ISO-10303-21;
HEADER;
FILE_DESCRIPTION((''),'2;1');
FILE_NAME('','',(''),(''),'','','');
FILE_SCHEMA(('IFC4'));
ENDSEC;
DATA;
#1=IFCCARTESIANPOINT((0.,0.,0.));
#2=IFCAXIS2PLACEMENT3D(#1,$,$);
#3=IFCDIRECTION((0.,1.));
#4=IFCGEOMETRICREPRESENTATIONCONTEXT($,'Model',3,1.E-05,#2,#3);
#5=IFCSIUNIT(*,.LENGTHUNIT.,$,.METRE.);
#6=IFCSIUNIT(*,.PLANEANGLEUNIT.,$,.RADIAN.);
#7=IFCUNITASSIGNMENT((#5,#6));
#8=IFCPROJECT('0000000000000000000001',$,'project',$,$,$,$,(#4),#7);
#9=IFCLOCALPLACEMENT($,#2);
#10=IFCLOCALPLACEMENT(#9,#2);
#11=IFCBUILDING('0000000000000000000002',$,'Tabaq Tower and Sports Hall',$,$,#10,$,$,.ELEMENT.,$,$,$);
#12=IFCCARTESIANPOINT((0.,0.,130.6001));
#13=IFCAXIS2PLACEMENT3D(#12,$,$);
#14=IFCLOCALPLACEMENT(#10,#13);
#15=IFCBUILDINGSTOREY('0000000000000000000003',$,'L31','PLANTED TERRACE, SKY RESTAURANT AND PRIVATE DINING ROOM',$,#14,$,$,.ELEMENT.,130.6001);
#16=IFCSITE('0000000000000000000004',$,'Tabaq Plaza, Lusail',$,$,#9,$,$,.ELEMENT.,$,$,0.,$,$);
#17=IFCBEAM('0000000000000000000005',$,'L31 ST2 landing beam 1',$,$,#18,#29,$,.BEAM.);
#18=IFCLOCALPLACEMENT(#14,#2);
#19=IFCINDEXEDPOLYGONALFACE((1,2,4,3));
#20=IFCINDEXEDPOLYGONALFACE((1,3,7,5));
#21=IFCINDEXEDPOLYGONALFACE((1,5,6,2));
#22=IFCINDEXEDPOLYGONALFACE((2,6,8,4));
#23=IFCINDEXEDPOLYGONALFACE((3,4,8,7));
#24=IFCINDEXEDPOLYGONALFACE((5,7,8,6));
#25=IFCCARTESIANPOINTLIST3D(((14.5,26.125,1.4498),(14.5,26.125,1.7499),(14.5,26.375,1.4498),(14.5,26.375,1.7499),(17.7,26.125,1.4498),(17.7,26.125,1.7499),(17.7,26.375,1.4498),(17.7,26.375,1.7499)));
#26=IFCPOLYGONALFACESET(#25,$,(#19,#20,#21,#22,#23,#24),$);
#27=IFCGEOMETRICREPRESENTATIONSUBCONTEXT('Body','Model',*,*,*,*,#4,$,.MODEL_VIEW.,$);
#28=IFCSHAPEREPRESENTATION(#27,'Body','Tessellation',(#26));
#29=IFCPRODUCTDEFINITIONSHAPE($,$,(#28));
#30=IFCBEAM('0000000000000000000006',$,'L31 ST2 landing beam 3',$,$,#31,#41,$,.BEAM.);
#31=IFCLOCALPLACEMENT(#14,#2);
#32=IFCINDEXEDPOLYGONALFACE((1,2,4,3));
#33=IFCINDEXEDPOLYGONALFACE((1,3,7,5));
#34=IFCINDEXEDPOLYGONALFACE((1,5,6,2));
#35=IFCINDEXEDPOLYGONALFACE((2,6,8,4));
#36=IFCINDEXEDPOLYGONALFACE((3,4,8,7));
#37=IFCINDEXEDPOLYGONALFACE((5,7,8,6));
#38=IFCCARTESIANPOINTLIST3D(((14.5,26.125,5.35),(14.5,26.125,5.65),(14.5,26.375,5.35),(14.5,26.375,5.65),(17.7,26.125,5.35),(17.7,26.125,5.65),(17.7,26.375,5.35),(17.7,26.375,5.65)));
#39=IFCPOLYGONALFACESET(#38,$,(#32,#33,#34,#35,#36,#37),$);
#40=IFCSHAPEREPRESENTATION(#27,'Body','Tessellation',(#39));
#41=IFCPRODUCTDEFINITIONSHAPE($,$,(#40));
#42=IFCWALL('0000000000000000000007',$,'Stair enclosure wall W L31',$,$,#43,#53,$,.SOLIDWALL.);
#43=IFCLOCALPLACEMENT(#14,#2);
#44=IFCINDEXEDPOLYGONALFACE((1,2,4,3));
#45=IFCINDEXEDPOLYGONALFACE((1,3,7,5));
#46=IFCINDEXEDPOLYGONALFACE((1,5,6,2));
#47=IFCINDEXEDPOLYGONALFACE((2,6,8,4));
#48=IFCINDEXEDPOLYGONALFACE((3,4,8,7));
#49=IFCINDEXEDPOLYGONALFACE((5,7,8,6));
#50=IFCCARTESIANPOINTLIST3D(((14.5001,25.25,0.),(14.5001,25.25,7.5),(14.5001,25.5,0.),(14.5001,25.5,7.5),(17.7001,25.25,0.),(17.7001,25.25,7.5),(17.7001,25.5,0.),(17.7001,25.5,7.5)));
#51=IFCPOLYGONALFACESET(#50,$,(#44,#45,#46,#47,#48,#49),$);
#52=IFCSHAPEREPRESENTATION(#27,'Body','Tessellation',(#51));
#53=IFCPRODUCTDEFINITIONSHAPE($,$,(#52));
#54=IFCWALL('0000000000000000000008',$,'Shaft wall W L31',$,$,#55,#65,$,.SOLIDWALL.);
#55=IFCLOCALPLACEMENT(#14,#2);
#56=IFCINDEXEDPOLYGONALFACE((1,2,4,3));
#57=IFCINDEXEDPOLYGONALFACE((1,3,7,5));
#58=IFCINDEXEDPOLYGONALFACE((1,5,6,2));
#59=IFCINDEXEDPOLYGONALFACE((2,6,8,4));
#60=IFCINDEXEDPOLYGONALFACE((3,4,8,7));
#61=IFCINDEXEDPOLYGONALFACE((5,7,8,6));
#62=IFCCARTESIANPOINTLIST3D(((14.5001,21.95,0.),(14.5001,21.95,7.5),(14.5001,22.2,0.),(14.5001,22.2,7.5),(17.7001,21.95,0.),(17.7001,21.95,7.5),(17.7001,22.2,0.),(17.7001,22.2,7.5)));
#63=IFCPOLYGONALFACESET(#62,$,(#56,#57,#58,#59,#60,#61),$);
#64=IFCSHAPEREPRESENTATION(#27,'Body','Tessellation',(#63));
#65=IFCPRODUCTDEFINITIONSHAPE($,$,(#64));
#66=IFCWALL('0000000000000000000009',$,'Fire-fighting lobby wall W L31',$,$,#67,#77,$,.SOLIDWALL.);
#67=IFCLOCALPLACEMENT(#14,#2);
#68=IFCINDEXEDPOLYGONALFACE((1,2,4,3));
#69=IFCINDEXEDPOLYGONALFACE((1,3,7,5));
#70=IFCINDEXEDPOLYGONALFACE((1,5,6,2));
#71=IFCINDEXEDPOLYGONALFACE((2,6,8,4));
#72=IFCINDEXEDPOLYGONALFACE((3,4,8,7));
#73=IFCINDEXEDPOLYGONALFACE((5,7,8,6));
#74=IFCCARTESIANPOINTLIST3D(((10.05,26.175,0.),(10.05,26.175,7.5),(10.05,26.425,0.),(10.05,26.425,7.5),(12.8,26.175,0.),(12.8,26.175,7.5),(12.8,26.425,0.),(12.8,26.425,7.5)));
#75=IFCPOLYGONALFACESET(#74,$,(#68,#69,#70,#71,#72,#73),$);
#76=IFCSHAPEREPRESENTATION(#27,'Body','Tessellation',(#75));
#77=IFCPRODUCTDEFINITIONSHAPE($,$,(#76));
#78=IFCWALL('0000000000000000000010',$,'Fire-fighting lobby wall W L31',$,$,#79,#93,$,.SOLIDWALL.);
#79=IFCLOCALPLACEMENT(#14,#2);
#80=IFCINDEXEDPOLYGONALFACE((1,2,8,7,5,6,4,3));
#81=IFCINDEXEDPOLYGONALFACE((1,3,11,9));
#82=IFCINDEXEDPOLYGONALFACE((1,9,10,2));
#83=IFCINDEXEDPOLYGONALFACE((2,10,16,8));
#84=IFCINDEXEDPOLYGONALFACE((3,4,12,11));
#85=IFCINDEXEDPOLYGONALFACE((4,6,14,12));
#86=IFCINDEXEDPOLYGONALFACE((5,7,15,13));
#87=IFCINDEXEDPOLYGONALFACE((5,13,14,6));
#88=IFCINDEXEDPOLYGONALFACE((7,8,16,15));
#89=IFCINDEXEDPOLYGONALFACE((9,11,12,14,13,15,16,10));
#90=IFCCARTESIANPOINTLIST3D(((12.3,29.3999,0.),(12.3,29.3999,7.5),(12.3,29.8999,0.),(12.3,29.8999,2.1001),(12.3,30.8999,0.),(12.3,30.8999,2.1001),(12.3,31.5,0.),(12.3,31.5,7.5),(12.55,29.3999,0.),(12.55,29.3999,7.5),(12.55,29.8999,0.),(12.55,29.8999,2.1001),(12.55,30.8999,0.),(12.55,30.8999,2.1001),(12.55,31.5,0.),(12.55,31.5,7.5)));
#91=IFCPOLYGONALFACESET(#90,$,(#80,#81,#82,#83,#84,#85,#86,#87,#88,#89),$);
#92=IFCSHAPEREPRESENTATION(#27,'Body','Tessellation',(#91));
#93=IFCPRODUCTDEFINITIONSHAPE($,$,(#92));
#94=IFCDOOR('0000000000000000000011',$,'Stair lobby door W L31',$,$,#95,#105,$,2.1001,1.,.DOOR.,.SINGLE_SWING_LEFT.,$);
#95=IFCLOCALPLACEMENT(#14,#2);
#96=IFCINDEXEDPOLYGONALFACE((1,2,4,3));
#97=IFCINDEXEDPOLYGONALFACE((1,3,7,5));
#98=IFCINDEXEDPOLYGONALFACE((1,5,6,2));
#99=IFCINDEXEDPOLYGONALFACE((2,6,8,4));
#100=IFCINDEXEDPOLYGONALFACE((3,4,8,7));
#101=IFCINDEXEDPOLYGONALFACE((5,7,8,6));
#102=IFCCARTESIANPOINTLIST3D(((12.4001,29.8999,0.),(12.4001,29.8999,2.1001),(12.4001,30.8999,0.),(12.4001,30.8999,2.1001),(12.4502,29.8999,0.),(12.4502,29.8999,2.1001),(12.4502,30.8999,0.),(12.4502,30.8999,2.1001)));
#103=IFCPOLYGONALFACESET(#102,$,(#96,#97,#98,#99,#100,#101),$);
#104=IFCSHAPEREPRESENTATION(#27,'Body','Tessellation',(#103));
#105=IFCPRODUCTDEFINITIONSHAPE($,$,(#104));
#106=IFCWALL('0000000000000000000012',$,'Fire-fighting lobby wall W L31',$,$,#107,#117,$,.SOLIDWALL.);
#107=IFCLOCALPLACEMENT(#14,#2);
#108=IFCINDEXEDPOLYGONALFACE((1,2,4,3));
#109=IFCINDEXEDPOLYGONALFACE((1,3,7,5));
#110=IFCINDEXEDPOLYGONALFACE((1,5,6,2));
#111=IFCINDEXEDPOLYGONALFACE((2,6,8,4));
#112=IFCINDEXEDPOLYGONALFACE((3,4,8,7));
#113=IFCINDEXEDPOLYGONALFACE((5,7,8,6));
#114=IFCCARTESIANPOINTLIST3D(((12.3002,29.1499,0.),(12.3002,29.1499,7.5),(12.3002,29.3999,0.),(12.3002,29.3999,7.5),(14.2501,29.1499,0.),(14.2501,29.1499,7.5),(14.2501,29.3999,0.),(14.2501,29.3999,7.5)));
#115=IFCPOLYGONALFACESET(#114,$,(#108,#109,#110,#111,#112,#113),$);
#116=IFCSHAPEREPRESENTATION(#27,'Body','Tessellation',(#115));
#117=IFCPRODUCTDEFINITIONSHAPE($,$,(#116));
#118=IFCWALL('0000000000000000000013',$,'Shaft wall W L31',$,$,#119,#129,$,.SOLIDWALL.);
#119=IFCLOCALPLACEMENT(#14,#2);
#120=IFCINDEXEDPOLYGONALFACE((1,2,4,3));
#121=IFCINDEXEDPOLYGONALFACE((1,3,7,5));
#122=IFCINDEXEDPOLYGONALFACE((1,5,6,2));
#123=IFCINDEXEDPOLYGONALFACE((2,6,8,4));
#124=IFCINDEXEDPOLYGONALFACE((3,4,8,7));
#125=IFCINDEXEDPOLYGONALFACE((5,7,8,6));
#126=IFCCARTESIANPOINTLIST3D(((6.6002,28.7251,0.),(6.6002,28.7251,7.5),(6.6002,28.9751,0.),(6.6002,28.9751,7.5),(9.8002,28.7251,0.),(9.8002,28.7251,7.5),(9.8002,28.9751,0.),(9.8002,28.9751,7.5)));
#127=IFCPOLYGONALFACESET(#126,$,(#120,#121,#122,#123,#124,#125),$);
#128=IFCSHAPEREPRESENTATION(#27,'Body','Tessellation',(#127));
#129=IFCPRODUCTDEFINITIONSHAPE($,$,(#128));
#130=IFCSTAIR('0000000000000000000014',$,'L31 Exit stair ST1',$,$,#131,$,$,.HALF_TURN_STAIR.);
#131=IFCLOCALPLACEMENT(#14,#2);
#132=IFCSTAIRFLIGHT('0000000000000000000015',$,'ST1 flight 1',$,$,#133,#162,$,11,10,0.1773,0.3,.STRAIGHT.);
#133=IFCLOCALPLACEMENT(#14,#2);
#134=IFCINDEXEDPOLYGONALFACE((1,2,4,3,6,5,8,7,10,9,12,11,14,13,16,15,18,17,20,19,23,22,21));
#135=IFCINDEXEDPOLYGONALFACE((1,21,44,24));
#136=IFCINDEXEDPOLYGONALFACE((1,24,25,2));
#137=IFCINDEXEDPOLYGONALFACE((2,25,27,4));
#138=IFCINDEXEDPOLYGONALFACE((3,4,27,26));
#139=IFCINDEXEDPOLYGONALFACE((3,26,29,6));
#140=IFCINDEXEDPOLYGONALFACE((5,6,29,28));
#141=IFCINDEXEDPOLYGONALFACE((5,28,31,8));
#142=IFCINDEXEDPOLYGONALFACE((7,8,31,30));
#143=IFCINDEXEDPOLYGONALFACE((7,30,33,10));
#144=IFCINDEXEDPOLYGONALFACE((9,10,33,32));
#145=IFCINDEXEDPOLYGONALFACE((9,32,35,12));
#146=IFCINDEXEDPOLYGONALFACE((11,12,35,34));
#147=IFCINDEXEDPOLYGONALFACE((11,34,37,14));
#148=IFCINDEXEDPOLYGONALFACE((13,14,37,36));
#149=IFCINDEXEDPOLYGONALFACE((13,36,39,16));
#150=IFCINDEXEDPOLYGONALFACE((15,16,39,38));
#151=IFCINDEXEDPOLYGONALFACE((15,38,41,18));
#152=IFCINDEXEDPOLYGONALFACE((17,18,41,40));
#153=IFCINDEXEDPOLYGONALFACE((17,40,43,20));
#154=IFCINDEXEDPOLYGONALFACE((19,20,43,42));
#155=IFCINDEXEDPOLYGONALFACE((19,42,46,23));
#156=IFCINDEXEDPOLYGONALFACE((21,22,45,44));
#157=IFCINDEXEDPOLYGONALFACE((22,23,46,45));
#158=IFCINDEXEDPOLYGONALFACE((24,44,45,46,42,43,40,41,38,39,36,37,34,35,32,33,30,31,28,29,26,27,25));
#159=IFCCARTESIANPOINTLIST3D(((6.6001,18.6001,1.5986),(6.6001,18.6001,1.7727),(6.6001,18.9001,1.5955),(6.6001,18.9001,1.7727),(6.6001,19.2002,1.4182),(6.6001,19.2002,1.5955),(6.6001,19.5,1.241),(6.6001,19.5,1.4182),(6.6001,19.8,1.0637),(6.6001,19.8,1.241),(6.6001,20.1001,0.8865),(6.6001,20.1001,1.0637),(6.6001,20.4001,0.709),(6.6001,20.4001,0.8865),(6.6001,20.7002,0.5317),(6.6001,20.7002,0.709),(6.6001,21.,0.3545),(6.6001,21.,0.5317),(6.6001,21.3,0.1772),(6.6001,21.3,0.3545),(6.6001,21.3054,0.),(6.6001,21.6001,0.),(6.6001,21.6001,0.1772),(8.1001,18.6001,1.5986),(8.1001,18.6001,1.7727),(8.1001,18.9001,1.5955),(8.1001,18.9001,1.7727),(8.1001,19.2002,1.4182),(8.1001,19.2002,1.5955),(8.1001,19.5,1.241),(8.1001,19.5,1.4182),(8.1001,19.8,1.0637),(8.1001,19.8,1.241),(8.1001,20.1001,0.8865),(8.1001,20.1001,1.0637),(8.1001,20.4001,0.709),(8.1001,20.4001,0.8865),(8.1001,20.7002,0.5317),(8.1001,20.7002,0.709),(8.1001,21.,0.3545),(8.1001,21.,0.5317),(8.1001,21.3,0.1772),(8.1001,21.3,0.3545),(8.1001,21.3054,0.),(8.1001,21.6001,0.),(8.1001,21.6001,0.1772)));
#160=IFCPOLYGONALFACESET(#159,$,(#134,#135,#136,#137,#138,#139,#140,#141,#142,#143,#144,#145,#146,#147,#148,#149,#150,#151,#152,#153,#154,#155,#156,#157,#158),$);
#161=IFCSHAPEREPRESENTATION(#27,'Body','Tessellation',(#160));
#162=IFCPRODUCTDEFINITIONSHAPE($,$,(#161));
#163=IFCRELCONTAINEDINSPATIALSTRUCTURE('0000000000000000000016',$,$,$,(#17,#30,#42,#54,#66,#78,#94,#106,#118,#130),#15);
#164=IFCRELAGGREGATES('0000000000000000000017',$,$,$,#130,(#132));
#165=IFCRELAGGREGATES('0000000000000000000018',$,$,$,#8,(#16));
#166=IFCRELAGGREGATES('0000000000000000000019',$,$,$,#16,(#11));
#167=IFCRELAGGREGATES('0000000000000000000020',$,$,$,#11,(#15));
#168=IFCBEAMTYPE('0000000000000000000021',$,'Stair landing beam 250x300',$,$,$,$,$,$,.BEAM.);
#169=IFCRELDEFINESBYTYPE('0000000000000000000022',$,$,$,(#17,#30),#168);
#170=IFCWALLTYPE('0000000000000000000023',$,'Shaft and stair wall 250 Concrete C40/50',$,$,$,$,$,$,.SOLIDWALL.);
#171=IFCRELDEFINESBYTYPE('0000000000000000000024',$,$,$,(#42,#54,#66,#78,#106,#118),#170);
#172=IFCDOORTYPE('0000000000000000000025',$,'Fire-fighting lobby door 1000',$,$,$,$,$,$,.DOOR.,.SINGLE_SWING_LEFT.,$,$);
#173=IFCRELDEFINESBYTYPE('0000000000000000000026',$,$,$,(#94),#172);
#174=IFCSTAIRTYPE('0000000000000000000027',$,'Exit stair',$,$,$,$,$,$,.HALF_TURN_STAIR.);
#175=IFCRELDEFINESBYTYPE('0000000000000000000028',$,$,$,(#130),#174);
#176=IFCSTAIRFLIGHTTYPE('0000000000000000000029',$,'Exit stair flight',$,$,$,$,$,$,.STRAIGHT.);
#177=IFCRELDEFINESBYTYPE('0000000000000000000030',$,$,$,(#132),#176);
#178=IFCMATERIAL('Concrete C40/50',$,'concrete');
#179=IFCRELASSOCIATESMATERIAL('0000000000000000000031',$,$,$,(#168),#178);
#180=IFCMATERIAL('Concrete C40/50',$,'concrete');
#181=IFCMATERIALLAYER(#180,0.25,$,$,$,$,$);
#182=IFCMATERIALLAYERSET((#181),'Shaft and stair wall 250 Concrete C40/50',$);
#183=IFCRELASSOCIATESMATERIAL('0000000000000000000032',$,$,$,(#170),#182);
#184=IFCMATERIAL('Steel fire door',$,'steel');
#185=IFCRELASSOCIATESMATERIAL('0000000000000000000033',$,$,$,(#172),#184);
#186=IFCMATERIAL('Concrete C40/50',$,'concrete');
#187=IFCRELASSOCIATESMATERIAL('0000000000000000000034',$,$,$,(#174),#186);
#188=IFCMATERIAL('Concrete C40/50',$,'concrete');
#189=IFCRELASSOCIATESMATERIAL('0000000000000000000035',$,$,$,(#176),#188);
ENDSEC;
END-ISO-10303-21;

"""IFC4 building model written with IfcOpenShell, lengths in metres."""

from ifc_helpers import new_model, si_unit, direction, frame, frame_2d, origin, origin_2d, place, context, subcontext, project, spatial, polyline, rectangle, outline, extrude, material, layer, layer_set, material_profile, profile_set, type_object, element, fill, aggregate, save


model = new_model("IFC4")

# Units and contexts
model_context = context("Model", 3, precision=1e-05, world=origin(), true_north=direction((0.0, 1.0)))
body_context = subcontext(model_context, "Body", "Model", "MODEL_VIEW")
ifc_project = project(units=[si_unit("LENGTHUNIT", "METRE"), si_unit("PLANEANGLEUNIT", "RADIAN")], contexts=[model_context])

# Site, building, storey
site_placement = place(None, origin())
site = spatial("IfcSite", under=ifc_project, at=site_placement, Name="Tabaq Plaza, Lusail", CompositionType="ELEMENT", RefElevation=0.0)
building_placement = place(site_placement, origin())
building = spatial("IfcBuilding", under=site, at=building_placement, Name="Tabaq Tower and Sports Hall", CompositionType="ELEMENT")
storey_placement = place(building_placement, frame((0.0, 0.0, 130.6001)))
storey = spatial("IfcBuildingStorey", under=building, at=storey_placement, Name="L31", Description="PLANTED TERRACE, SKY RESTAURANT AND PRIVATE DINING ROOM", CompositionType="ELEMENT", Elevation=130.6001)

# Beams
ifc_material_1 = material(Name="Concrete C40/50", Category="concrete")
ifc_material_profile = material_profile(ifc_material_1, rectangle(XDim=0.25, YDim=0.3, at=origin_2d()), Name="RC 250x300")
ifc_profile_set = profile_set([ifc_material_profile], Name="Concrete C40/50")
beam_type = type_object("IfcBeamType", Name="Stair landing beam 250x300", PredefinedType="BEAM", material=ifc_profile_set)
for number, where, z_axis, x_axis, name in (
    (1, (14.5, 26.25, 1.5999), (1.0, 0.0, 0.0), (0.0, 1.0, 0.0), "L31 ST2 landing beam 1"),
    (2, (14.5, 26.25, 5.5), (1.0, 0.0, 0.0), (0.0, 1.0, 0.0), "L31 ST2 landing beam 3"),
):
    element("IfcBeam", number, at=place(storey_placement, frame(where, z_axis=z_axis, x_axis=x_axis)), inside=storey, type_object=beam_type, Name=name, PredefinedType="BEAM", context=body_context, shape_type="SweptSolid", body=[
        extrude(rectangle(XDim=0.25, YDim=0.3, at=origin_2d()), origin(), (0.0, 0.0, 1.0), 3.2),
    ])

# Walls
ifc_material_2 = material(Name="Concrete C40/50", Category="concrete")
ifc_layer = layer(ifc_material_2, 0.25)
ifc_layer_set = layer_set([ifc_layer], Name="Shaft and stair wall 250 Concrete C40/50")
wall_type = type_object("IfcWallType", Name="Shaft and stair wall 250 Concrete C40/50", PredefinedType="SOLIDWALL", material=ifc_layer_set)
for number, where, z_axis, x_axis, name in (
    (3, (14.5, 25.375, 0.0), (0.0, 0.0, 1.0), (1.0, 0.0, 0.0), "Stair enclosure wall W L31"),
    (4, (14.5, 22.075, 0.0), (0.0, 0.0, 1.0), (1.0, 0.0, 0.0), "Shaft wall W L31"),
):
    element("IfcWall", number, at=place(storey_placement, frame(where, z_axis=z_axis, x_axis=x_axis)), inside=storey, type_object=wall_type, Name=name, PredefinedType="SOLIDWALL", context=body_context, shape_type="SweptSolid", body=[
        extrude(rectangle(XDim=3.2, YDim=0.25, at=frame_2d((1.6001, 0.0))), origin(), (0.0, 0.0, 1.0), 7.5),
    ])
wall_1_placement = place(storey_placement, frame((10.05, 26.3, 0.0), z_axis=(0.0, 0.0, 1.0), x_axis=(1.0, 0.0, 0.0)))
element("IfcWall", 5, at=wall_1_placement, inside=storey, type_object=wall_type, Name="Fire-fighting lobby wall W L31", PredefinedType="SOLIDWALL", context=body_context, shape_type="SweptSolid", body=[
    extrude(rectangle(XDim=2.75, YDim=0.25, at=frame_2d((1.375, 0.0))), origin(), (0.0, 0.0, 1.0), 7.5),
])

# Wall, opening, door
wall_2_placement = place(storey_placement, frame((12.425, 29.3999, 0.0), z_axis=(0.0, 0.0, 1.0), x_axis=(0.0, 1.0, 0.0)))
wall_2 = element("IfcWall", 6, at=wall_2_placement, inside=storey, type_object=wall_type, Name="Fire-fighting lobby wall W L31", PredefinedType="SOLIDWALL", context=body_context, shape_type="SweptSolid", body=[
    extrude(rectangle(XDim=2.1001, YDim=0.25, at=frame_2d((1.05, 0.0))), origin(), (0.0, 0.0, 1.0), 7.5),
])
opening_placement = place(wall_2_placement, frame((0.5, 0.0, 0.0)))
opening = element("IfcOpeningElement", 7, at=opening_placement, cuts=wall_2, PredefinedType="OPENING", context=body_context, shape_type="SweptSolid", body=[
    extrude(rectangle(XDim=1.0, YDim=2.1001, at=frame_2d((0.5, 1.05))), frame((0.0, 0.125, 0.0), z_axis=(0.0, -1.0, 0.0), x_axis=(1.0, 0.0, 0.0)), (0.0, 0.0, 1.0), 0.25),
])
ifc_material_3 = material(Name="Steel fire door", Category="steel")
door_type = type_object("IfcDoorType", Name="Fire-fighting lobby door 1000", OperationType="SINGLE_SWING_LEFT", PredefinedType="DOOR", material=ifc_material_3)
door_placement = place(opening_placement, origin())
door = element("IfcDoor", 8, at=door_placement, inside=storey, type_object=door_type, Name="Stair lobby door W L31", OperationType="SINGLE_SWING_LEFT", OverallHeight=2.1001, OverallWidth=1.0, PredefinedType="DOOR", context=body_context, shape_type="SweptSolid", body=[
    extrude(rectangle(XDim=1.0, YDim=2.1001, at=frame_2d((0.5, 1.05))), frame((0.0, 0.0249, 0.0), z_axis=(0.0, -1.0, 0.0), x_axis=(1.0, 0.0, 0.0)), (0.0, 0.0, 1.0), 0.05),
])
fill(opening, door)

# Walls
wall_3_placement = place(storey_placement, frame((12.3, 29.2749, 0.0), z_axis=(0.0, 0.0, 1.0), x_axis=(1.0, 0.0, 0.0)))
element("IfcWall", 9, at=wall_3_placement, inside=storey, type_object=wall_type, Name="Fire-fighting lobby wall W L31", PredefinedType="SOLIDWALL", context=body_context, shape_type="SweptSolid", body=[
    extrude(rectangle(XDim=1.95, YDim=0.25, at=frame_2d((0.9751, 0.0))), origin(), (0.0, 0.0, 1.0), 7.5),
])
wall_4_placement = place(storey_placement, frame((6.6001, 28.8501, 0.0), z_axis=(0.0, 0.0, 1.0), x_axis=(1.0, 0.0, 0.0)))
element("IfcWall", 10, at=wall_4_placement, inside=storey, type_object=wall_type, Name="Shaft wall W L31", PredefinedType="SOLIDWALL", context=body_context, shape_type="SweptSolid", body=[
    extrude(rectangle(XDim=3.2, YDim=0.25, at=frame_2d((1.6001, 0.0))), origin(), (0.0, 0.0, 1.0), 7.5),
])

# Stair, stair flight
ifc_material_4 = material(Name="Concrete C40/50", Category="concrete")
stair_type = type_object("IfcStairType", Name="Exit stair", PredefinedType="HALF_TURN_STAIR", material=ifc_material_4)
stair_placement = place(storey_placement, origin())
stair = element("IfcStair", 11, at=stair_placement, inside=storey, type_object=stair_type, Name="L31 Exit stair ST1", PredefinedType="HALF_TURN_STAIR")
ifc_material_5 = material(Name="Concrete C40/50", Category="concrete")
stair_flight_type = type_object("IfcStairFlightType", Name="Exit stair flight", PredefinedType="STRAIGHT", material=ifc_material_5)
stair_flight_1_placement = place(storey_placement, frame((7.3501, 21.6001, 0.0), z_axis=(0.0, 0.0, 1.0), x_axis=(0.0, -1.0, 0.0)))
stair_flight_1 = element("IfcStairFlight", 12, at=stair_flight_1_placement, type_object=stair_flight_type, Name="ST1 flight 1", NumberOfRisers=11, NumberOfTreads=10, PredefinedType="STRAIGHT", RiserHeight=0.1773, TreadLength=0.3, context=body_context, shape_type="SweptSolid", body=[
    extrude(outline(polyline([(0.0, 0.0), (0.0, 0.1772), (0.3, 0.1772), (0.3, 0.3545), (0.6001, 0.3545), (0.6001, 0.5317), (0.8999, 0.5317), (0.8999, 0.709), (1.2, 0.709), (1.2, 0.8865), (1.5, 0.8865), (1.5, 1.0637), (1.8, 1.0637), (1.8, 1.241), (2.1001, 1.241), (2.1001, 1.4182), (2.3999, 1.4182), (2.3999, 1.5955), (2.7, 1.5955), (2.7, 1.7727), (3.0, 1.7727), (3.0, 1.95), (3.0, 1.5986), (0.2947, 0.0), (0.0, 0.0)])), frame((0.0, 0.75, 0.0), z_axis=(0.0, -1.0, 0.0), x_axis=(1.0, 0.0, 0.0)), (0.0, 0.0, 1.0), 1.5),
])
aggregate(stair, [stair_flight_1])

save(model, "model.ifc")
